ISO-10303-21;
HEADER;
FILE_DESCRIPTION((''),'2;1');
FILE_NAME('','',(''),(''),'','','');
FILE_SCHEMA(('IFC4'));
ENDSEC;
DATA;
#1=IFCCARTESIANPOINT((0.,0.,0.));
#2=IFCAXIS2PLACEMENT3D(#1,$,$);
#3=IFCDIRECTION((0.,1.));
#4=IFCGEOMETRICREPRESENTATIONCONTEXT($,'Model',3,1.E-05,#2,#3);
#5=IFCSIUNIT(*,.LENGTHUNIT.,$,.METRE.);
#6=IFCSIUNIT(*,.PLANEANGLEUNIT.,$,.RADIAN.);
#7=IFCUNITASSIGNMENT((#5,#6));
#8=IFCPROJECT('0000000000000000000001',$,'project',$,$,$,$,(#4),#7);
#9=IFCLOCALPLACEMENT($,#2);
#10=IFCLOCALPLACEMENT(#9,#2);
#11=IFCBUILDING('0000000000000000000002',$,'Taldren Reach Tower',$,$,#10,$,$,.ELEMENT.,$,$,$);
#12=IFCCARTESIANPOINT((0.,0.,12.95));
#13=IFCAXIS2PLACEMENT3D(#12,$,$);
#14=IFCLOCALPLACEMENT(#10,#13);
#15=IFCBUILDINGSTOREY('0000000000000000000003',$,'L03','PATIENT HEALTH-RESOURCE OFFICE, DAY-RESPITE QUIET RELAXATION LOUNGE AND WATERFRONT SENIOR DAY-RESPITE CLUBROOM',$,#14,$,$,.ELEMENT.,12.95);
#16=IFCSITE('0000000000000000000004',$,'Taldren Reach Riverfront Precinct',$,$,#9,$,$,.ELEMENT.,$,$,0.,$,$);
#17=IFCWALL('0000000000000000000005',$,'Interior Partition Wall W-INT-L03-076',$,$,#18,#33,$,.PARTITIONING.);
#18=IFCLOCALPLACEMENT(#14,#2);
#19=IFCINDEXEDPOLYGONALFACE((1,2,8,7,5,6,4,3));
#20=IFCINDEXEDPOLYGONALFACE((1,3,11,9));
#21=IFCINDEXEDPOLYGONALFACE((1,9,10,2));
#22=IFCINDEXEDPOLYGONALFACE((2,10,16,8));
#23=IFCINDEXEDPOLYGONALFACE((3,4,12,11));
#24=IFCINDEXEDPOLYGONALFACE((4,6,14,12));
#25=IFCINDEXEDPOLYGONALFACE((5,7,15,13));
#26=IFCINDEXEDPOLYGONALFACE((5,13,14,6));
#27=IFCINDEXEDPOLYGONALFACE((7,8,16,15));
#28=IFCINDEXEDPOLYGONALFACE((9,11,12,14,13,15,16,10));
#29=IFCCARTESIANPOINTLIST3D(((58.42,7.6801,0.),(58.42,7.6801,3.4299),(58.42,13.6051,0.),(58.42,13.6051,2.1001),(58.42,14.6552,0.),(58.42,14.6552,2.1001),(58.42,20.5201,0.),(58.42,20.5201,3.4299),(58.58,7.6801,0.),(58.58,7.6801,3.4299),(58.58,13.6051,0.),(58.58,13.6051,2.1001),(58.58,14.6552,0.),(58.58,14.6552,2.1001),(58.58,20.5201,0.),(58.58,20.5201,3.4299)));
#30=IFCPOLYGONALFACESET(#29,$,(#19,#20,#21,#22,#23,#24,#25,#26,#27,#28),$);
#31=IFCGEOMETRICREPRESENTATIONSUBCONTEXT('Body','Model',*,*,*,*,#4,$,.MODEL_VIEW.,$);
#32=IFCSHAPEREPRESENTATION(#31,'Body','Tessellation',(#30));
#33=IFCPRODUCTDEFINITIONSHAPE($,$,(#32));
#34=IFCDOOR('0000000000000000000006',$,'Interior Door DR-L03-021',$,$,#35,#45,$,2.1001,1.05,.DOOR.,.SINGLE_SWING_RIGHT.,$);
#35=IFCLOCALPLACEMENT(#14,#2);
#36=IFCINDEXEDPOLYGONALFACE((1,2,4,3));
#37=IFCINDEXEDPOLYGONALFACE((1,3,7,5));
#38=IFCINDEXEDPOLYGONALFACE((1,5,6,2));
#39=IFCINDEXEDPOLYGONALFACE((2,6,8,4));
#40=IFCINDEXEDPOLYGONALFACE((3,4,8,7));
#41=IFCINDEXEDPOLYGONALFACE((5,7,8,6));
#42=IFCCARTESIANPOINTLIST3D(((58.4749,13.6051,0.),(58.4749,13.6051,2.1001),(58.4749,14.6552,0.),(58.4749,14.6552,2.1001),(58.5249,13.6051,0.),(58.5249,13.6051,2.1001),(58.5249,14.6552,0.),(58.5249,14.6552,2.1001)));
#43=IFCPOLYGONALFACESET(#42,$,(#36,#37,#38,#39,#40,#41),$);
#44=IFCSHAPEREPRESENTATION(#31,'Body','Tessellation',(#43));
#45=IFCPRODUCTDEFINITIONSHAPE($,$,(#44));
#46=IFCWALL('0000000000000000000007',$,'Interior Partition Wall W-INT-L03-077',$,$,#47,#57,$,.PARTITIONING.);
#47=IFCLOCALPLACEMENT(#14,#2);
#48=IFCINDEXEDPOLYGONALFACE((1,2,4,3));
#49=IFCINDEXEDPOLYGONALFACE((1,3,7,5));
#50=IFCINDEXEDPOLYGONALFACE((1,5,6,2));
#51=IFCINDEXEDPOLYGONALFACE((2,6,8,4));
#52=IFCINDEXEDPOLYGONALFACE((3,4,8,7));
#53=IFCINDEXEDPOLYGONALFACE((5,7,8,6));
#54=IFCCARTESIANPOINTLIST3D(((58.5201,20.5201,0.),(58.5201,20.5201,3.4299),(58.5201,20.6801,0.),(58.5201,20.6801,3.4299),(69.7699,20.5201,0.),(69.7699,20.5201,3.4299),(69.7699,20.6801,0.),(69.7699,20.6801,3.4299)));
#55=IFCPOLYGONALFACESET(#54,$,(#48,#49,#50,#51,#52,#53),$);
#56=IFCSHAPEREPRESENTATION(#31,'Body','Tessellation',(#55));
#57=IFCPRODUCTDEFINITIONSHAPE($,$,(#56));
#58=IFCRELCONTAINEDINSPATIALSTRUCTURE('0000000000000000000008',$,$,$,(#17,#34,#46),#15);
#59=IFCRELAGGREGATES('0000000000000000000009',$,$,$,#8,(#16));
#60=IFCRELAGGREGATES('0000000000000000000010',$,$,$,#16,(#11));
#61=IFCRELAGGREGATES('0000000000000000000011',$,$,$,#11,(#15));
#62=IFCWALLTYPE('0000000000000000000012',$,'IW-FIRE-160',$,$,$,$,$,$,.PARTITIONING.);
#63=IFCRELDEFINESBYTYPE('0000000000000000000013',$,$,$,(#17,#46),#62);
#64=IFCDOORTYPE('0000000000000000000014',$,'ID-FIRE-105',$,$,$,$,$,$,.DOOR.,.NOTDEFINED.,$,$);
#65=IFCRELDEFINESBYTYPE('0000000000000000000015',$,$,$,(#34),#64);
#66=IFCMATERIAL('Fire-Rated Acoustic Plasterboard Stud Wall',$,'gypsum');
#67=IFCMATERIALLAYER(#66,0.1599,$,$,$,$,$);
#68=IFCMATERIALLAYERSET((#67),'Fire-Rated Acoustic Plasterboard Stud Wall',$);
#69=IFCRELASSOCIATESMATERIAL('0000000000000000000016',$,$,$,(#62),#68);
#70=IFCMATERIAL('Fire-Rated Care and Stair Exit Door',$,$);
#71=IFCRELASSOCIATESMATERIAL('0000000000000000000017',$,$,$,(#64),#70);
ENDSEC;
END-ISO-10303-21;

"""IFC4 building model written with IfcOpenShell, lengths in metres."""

from ifc_helpers import new_model, si_unit, direction, frame, frame_2d, origin, place, context, subcontext, project, spatial, rectangle, extrude, source, transform, mapped, material, layer, layer_set, type_object, element, fill, save


model = new_model("IFC4")

# Units and contexts
model_context = context("Model", 3, precision=1e-05, world=origin(), true_north=direction((0.0, 1.0)))
body_context = subcontext(model_context, "Body", "Model", "MODEL_VIEW")
ifc_project = project(units=[si_unit("LENGTHUNIT", "METRE"), si_unit("PLANEANGLEUNIT", "RADIAN")], contexts=[model_context])

# Site, building, storey
site_placement = place(None, origin())
site = spatial("IfcSite", under=ifc_project, at=site_placement, Name="Taldren Reach Riverfront Precinct", CompositionType="ELEMENT", RefElevation=0.0)
building_placement = place(site_placement, origin())
building = spatial("IfcBuilding", under=site, at=building_placement, Name="Taldren Reach Tower", CompositionType="ELEMENT")
storey_placement = place(building_placement, frame((0.0, 0.0, 12.95)))
storey = spatial("IfcBuildingStorey", under=building, at=storey_placement, Name="L03", Description="PATIENT HEALTH-RESOURCE OFFICE, DAY-RESPITE QUIET RELAXATION LOUNGE AND WATERFRONT SENIOR DAY-RESPITE CLUBROOM", CompositionType="ELEMENT", Elevation=12.95)

# Shared definitions
ifc_material_1 = material(Name="Fire-Rated Acoustic Plasterboard Stud Wall", Category="gypsum")
ifc_layer = layer(ifc_material_1, 0.1599)
ifc_layer_set = layer_set([ifc_layer], Name="Fire-Rated Acoustic Plasterboard Stud Wall")
wall_type = type_object("IfcWallType", Name="IW-FIRE-160", PredefinedType="PARTITIONING", material=ifc_layer_set)
shared_shape_1 = source(origin(), body_context, "Body", "SweptSolid", [
    extrude(rectangle(XDim=1.05, YDim=2.1001, at=frame_2d((0.5249, 1.05))), frame((0.0, 0.0898, 0.0), z_axis=(0.0, -1.0, 0.0), x_axis=(1.0, 0.0, 0.0)), (0.0, 0.0, 1.0), 0.1799),
])
ifc_material_2 = material(Name="Fire-Rated Care and Stair Exit Door")
door_type = type_object("IfcDoorType", Name="ID-FIRE-105", OperationType="NOTDEFINED", PredefinedType="DOOR", material=ifc_material_2)
shared_shape_2 = source(origin(), body_context, "Body", "SweptSolid", [
    extrude(rectangle(XDim=1.05, YDim=2.1001, at=frame_2d((0.5249, 1.05))), frame((0.0, 0.0249, 0.0), z_axis=(0.0, -1.0, 0.0), x_axis=(1.0, 0.0, 0.0)), (0.0, 0.0, 1.0), 0.05),
])

# Wall, opening, door
shared_shape_3 = source(origin(), body_context, "Body", "SweptSolid", [
    extrude(rectangle(XDim=12.8401, YDim=0.1599, at=frame_2d((6.4199, 0.0))), origin(), (0.0, 0.0, 1.0), 3.4299),
])
wall_1_placement = place(storey_placement, frame((58.5, 20.52, 0.0), z_axis=(0.0, 0.0, 1.0), x_axis=(0.0, -1.0, 0.0)))
wall_1 = element("IfcWall", 1, at=wall_1_placement, inside=storey, type_object=wall_type, Name="Interior Partition Wall W-INT-L03-076", PredefinedType="PARTITIONING", context=body_context, shape_type="MappedRepresentation", body=[
    mapped(shared_shape_3, transform((0.0, 0.0, 0.0), scale=1.0)),
])
opening_1_placement = place(wall_1_placement, frame((5.865, 0.0, 0.0)))
opening_1 = element("IfcOpeningElement", 2, at=opening_1_placement, cuts=wall_1, PredefinedType="OPENING", context=body_context, shape_type="MappedRepresentation", body=[
    mapped(shared_shape_1, transform((0.0, 0.0, 0.0), scale=1.0)),
])
door_1_placement = place(opening_1_placement, origin())
door_1 = element("IfcDoor", 3, at=door_1_placement, inside=storey, type_object=door_type, Name="Interior Door DR-L03-021", OperationType="SINGLE_SWING_RIGHT", OverallHeight=2.1001, OverallWidth=1.05, PredefinedType="DOOR", context=body_context, shape_type="MappedRepresentation", body=[
    mapped(shared_shape_2, transform((0.0, 0.0, 0.0), scale=1.0)),
])
fill(opening_1, door_1)

# Wall
shared_shape_4 = source(origin(), body_context, "Body", "SweptSolid", [
    extrude(rectangle(XDim=11.2498, YDim=0.1599, at=frame_2d((5.625, 0.0))), origin(), (0.0, 0.0, 1.0), 3.4299),
])
wall_2_placement = place(storey_placement, frame((69.77, 20.6001, 0.0), z_axis=(0.0, 0.0, 1.0), x_axis=(-1.0, 0.0, 0.0)))
element("IfcWall", 4, at=wall_2_placement, inside=storey, type_object=wall_type, Name="Interior Partition Wall W-INT-L03-077", PredefinedType="PARTITIONING", context=body_context, shape_type="MappedRepresentation", body=[
    mapped(shared_shape_4, transform((0.0, 0.0, 0.0), scale=1.0)),
])

save(model, "model.ifc")
